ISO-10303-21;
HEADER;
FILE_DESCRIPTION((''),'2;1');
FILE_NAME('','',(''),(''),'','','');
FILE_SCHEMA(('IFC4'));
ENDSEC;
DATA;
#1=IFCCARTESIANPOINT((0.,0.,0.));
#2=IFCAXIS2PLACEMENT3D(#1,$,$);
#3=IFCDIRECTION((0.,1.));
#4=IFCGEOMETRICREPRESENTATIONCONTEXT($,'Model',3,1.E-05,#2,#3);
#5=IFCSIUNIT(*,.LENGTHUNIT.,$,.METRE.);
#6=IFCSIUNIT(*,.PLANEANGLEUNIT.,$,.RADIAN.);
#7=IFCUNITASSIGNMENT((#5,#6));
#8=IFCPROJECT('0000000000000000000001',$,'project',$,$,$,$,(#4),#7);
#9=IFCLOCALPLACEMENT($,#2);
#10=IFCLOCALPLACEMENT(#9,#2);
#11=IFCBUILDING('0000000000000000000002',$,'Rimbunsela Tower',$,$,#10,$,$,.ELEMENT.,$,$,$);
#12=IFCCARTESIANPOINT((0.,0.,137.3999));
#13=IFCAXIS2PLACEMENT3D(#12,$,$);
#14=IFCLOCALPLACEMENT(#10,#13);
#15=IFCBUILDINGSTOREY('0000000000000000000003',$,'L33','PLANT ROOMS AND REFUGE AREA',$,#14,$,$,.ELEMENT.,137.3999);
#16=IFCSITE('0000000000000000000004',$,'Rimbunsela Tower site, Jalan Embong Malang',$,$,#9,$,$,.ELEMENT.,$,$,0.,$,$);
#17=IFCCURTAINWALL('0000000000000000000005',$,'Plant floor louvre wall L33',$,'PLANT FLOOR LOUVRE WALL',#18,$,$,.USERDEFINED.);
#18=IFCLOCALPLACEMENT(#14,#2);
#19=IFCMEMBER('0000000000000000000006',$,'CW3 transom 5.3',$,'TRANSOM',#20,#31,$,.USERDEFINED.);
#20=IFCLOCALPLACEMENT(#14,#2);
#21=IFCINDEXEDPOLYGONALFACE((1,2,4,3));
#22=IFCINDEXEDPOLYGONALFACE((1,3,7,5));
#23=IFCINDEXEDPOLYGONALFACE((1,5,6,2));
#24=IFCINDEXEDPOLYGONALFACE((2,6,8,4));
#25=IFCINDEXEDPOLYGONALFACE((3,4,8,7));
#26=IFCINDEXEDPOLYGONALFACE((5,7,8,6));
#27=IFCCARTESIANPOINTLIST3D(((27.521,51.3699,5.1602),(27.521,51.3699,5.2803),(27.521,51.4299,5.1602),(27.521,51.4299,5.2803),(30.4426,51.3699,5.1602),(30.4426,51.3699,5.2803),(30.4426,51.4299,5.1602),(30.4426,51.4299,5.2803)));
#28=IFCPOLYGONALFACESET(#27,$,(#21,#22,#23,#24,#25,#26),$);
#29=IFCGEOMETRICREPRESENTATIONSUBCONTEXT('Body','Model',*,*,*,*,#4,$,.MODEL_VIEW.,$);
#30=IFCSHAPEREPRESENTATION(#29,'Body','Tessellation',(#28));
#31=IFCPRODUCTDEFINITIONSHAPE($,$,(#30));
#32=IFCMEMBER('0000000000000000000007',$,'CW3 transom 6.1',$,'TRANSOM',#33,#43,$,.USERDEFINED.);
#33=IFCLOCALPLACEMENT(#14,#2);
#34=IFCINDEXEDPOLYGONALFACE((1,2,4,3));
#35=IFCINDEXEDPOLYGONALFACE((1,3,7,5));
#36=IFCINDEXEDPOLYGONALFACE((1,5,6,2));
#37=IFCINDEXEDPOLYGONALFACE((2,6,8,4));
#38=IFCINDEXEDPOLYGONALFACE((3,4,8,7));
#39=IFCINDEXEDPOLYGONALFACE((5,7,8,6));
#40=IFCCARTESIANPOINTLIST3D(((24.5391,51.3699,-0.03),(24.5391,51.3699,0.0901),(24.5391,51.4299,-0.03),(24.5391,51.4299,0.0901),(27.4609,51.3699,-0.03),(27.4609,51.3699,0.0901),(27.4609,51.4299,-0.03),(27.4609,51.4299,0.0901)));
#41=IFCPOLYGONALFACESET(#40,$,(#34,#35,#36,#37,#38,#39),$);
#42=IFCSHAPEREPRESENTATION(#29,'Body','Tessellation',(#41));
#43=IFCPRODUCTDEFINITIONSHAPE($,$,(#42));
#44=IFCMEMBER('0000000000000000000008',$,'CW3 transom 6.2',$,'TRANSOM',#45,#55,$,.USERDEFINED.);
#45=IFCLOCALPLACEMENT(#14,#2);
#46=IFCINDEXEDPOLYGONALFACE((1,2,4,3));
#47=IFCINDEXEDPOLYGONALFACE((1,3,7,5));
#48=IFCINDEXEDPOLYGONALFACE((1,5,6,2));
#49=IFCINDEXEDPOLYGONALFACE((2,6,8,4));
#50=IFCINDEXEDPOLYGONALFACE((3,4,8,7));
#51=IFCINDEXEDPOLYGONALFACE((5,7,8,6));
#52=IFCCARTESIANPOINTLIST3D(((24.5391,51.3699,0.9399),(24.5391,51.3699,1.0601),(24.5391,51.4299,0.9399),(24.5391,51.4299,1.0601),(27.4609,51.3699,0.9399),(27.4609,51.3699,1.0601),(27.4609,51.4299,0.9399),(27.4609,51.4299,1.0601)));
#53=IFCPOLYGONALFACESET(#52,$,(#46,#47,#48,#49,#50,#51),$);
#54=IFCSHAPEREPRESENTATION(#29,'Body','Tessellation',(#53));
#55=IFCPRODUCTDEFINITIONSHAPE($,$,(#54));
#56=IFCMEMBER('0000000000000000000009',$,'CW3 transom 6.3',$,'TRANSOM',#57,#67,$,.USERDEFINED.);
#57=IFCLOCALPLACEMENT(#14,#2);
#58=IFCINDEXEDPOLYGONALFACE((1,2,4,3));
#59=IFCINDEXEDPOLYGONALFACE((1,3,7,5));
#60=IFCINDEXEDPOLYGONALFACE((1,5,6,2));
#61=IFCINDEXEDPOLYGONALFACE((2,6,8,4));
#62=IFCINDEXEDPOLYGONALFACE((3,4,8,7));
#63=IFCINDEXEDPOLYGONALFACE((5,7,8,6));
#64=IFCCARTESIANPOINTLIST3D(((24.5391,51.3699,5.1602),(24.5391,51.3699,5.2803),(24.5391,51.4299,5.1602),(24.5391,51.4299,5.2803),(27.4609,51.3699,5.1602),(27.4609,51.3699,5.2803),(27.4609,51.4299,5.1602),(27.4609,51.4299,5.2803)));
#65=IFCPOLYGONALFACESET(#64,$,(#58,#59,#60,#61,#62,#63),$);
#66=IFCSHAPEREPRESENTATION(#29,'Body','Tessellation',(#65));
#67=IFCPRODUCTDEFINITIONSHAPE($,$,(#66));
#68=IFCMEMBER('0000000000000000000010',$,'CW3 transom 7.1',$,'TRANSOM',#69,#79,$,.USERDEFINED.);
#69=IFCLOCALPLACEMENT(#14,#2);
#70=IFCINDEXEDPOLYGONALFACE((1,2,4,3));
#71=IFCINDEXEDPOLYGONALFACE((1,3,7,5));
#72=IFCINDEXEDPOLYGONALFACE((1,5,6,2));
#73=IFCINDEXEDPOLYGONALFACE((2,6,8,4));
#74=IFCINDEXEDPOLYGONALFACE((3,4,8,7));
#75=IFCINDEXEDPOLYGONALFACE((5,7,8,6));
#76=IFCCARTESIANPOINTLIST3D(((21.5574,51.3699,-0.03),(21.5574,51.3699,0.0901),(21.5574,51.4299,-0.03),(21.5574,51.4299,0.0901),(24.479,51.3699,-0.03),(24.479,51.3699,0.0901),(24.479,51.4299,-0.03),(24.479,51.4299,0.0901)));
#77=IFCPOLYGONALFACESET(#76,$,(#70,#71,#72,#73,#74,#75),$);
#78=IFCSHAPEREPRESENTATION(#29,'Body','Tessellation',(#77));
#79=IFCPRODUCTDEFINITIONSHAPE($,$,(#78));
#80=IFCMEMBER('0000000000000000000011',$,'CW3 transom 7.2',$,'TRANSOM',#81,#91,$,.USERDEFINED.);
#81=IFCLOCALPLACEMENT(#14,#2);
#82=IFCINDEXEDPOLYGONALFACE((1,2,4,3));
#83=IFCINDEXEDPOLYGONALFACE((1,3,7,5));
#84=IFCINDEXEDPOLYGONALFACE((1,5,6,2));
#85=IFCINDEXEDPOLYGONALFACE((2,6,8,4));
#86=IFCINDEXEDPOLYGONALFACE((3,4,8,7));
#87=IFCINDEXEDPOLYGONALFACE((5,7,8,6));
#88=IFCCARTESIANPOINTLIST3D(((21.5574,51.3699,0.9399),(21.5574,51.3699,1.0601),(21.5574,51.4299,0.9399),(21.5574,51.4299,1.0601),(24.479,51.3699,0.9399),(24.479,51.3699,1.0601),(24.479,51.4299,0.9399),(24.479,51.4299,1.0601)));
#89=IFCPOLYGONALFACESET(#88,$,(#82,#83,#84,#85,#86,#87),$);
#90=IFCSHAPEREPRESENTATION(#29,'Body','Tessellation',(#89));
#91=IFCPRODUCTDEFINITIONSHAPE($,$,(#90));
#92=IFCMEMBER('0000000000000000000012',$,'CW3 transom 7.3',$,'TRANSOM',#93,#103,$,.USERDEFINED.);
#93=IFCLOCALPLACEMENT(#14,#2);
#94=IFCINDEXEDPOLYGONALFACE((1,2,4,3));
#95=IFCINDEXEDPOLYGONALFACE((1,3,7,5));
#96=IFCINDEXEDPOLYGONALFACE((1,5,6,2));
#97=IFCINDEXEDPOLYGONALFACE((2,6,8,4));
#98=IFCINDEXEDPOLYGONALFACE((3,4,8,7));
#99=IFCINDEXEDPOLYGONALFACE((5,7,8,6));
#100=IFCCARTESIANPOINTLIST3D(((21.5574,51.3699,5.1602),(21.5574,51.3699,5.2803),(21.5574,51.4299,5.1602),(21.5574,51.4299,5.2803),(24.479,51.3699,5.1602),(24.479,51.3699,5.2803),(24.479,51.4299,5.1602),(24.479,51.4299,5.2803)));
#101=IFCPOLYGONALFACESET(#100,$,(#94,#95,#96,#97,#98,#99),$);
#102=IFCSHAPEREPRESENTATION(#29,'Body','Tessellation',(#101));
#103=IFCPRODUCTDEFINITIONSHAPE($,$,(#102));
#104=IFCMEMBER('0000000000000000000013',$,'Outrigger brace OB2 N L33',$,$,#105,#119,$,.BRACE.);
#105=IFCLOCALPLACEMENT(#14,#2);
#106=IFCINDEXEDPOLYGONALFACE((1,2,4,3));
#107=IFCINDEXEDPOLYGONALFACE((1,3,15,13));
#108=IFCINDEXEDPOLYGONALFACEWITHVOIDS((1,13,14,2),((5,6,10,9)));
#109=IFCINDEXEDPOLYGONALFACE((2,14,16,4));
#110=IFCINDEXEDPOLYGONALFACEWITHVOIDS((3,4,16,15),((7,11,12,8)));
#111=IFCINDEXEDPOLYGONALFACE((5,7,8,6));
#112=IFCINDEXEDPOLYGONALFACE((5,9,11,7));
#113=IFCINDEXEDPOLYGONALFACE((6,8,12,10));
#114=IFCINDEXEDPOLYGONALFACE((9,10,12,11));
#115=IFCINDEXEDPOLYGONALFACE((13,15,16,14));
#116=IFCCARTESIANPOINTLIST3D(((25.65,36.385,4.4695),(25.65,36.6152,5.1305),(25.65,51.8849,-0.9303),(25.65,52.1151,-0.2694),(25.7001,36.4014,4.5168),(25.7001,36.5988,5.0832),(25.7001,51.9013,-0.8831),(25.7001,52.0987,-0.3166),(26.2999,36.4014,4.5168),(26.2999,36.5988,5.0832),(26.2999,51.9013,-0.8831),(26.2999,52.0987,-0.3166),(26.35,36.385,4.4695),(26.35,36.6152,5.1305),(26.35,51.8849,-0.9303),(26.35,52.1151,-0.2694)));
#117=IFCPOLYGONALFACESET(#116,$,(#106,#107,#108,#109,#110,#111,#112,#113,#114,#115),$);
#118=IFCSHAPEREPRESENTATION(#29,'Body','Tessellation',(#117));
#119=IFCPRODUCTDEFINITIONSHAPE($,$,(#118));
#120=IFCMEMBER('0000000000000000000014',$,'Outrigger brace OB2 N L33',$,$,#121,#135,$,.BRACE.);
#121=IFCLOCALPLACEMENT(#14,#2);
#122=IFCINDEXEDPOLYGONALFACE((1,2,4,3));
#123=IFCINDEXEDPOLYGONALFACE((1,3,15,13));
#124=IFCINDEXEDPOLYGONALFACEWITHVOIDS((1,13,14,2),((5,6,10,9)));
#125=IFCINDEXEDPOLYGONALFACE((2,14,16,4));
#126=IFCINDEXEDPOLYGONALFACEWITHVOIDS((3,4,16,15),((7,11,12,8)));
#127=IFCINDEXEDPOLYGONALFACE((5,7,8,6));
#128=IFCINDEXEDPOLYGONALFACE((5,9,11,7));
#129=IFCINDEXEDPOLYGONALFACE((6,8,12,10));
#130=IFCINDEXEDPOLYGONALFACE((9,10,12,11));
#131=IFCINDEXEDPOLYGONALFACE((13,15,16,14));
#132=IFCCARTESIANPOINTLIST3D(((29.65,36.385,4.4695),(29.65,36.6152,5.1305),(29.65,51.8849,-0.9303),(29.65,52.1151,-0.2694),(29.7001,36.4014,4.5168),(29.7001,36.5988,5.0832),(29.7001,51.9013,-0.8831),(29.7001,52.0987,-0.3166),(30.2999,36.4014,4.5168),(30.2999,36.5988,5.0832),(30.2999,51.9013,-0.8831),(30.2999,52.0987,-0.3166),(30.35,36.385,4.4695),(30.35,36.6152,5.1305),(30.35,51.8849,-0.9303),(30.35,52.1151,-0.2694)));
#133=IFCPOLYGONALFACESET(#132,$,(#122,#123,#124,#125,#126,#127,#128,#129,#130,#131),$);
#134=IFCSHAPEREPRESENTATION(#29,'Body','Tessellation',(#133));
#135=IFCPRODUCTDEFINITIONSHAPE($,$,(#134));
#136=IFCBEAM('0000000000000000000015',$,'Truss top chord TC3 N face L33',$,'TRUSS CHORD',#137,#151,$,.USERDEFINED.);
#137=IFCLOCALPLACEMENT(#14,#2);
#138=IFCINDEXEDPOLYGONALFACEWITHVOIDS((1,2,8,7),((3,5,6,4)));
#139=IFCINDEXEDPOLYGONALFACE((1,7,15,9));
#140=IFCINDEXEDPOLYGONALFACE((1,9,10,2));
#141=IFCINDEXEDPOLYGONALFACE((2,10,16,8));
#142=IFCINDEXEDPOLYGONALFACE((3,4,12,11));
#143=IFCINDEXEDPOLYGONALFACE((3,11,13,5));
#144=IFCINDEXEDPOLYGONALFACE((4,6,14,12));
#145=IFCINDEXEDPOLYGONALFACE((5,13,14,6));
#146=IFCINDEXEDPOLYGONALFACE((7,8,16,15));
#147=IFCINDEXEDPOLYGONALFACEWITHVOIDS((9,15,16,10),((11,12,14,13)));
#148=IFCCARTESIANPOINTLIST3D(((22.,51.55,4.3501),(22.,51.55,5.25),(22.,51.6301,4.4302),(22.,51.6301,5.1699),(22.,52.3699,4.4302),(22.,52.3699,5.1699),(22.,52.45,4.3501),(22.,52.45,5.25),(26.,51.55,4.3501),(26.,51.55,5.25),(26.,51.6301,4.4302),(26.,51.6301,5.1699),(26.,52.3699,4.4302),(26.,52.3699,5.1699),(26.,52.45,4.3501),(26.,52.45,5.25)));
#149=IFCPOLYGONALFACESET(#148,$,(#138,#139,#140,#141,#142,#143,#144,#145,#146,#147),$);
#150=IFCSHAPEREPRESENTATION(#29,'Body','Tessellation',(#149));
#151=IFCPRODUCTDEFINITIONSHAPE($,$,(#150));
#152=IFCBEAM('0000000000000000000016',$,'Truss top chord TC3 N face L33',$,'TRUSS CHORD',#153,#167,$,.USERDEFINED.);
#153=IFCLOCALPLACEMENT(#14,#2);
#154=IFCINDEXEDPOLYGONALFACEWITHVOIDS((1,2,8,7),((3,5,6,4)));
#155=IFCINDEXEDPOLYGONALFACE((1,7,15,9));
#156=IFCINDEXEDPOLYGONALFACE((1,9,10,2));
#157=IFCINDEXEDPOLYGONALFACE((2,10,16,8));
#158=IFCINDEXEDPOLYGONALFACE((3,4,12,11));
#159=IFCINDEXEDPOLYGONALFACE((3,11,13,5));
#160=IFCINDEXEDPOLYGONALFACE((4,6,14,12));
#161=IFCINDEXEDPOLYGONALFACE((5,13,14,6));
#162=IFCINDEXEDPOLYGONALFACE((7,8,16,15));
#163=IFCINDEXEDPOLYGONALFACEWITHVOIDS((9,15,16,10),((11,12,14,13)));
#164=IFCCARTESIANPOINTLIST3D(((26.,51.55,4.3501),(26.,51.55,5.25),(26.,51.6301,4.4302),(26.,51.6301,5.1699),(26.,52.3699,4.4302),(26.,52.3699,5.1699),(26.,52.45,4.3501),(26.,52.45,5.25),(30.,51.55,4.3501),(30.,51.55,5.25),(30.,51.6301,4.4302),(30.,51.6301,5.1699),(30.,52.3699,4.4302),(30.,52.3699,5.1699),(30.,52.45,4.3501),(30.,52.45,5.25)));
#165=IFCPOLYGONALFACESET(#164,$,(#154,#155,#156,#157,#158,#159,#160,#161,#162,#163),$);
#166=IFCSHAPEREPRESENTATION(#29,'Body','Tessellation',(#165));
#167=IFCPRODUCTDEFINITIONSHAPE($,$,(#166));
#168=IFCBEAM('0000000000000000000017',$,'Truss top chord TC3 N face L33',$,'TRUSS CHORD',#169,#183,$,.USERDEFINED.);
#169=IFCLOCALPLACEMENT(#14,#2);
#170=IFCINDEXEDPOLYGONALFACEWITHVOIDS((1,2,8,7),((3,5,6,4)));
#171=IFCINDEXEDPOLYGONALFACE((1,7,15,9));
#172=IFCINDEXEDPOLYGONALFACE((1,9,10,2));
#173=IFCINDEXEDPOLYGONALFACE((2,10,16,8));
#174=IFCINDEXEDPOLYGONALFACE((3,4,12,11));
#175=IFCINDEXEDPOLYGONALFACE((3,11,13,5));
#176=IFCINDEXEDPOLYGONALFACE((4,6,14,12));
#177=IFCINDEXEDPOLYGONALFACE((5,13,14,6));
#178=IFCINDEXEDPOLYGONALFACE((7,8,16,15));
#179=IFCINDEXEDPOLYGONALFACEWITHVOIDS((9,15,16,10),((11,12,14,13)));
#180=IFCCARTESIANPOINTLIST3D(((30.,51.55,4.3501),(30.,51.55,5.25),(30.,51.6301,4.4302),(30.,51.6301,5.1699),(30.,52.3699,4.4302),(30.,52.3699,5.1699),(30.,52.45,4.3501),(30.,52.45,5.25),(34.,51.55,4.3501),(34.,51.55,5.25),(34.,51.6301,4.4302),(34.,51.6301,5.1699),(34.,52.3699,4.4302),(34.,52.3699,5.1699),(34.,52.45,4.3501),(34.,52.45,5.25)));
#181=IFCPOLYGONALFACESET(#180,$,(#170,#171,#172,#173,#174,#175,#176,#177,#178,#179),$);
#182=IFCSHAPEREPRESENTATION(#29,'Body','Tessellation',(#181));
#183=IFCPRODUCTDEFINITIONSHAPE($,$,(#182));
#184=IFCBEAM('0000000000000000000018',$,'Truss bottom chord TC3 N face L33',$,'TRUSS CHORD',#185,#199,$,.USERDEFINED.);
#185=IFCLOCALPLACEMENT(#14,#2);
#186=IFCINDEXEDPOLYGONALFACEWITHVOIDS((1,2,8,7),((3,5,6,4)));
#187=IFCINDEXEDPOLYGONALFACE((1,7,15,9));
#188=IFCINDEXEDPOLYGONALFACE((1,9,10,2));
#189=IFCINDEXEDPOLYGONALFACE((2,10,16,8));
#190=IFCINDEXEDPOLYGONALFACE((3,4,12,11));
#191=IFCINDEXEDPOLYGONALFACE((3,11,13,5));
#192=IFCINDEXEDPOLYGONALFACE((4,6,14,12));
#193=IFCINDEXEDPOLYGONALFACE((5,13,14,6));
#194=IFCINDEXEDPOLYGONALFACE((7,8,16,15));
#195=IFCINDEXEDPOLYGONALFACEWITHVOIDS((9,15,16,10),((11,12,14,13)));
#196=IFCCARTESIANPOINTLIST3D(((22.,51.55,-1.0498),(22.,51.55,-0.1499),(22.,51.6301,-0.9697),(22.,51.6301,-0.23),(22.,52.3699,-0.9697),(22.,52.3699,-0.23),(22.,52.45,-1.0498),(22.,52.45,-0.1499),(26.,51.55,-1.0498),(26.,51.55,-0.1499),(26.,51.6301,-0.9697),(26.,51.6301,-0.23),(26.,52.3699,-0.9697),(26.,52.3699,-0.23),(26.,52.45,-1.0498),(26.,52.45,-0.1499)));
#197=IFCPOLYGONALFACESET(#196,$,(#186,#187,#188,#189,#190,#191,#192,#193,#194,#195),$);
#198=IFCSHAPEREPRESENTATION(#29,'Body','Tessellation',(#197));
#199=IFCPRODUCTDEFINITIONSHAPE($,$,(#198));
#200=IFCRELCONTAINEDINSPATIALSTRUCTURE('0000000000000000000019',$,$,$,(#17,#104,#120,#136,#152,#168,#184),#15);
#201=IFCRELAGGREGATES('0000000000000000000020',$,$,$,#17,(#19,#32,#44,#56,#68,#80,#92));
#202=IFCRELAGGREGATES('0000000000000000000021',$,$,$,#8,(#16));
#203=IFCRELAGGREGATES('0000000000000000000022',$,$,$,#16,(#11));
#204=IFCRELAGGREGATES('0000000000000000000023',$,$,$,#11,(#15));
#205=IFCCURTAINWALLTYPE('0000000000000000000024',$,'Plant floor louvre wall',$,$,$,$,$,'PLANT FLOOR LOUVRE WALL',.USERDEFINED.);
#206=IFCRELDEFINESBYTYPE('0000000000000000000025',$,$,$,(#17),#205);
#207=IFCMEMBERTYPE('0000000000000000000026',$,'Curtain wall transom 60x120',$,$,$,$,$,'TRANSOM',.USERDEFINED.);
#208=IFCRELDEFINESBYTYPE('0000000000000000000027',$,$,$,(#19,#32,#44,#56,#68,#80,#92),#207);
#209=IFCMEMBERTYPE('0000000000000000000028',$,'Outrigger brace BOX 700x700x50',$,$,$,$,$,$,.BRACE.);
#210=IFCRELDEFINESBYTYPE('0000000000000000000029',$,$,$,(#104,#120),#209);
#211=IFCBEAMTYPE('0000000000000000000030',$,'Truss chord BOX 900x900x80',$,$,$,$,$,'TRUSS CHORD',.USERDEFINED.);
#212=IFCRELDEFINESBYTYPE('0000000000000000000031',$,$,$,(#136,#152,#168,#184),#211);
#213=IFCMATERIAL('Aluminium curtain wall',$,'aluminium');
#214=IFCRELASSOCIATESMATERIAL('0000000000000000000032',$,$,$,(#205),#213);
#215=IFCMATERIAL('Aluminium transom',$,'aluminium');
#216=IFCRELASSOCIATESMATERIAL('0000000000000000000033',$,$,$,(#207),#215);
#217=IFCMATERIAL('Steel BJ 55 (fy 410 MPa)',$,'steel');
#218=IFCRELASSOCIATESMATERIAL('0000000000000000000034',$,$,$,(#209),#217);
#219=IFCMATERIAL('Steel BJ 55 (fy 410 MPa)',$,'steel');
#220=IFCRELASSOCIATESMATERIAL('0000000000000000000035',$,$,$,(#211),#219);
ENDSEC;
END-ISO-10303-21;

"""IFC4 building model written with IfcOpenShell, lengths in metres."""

from ifc_helpers import new_model, si_unit, direction, frame, origin, origin_2d, place, context, subcontext, project, spatial, rectangle, hollow_rectangle, extrude, material, material_profile, profile_set, type_object, element, aggregate, save


model = new_model("IFC4")

# Units and contexts
model_context = context("Model", 3, precision=1e-05, world=origin(), true_north=direction((0.0, 1.0)))
body_context = subcontext(model_context, "Body", "Model", "MODEL_VIEW")
ifc_project = project(units=[si_unit("LENGTHUNIT", "METRE"), si_unit("PLANEANGLEUNIT", "RADIAN")], contexts=[model_context])

# Site, building, storey
site_placement = place(None, origin())
site = spatial("IfcSite", under=ifc_project, at=site_placement, Name="Rimbunsela Tower site, Jalan Embong Malang", CompositionType="ELEMENT", RefElevation=0.0)
building_placement = place(site_placement, origin())
building = spatial("IfcBuilding", under=site, at=building_placement, Name="Rimbunsela Tower", CompositionType="ELEMENT")
storey_placement = place(building_placement, frame((0.0, 0.0, 137.3999)))
storey = spatial("IfcBuildingStorey", under=building, at=storey_placement, Name="L33", Description="PLANT ROOMS AND REFUGE AREA", CompositionType="ELEMENT", Elevation=137.3999)

# Curtain wall, members
ifc_material_1 = material(Name="Aluminium curtain wall", Category="aluminium")
curtain_wall_type = type_object("IfcCurtainWallType", Name="Plant floor louvre wall", ElementType="PLANT FLOOR LOUVRE WALL", PredefinedType="USERDEFINED", material=ifc_material_1)
curtain_wall_placement = place(storey_placement, origin())
curtain_wall = element("IfcCurtainWall", 1, at=curtain_wall_placement, inside=storey, type_object=curtain_wall_type, Name="Plant floor louvre wall L33", ObjectType="PLANT FLOOR LOUVRE WALL", PredefinedType="USERDEFINED")
ifc_material_2 = material(Name="Aluminium transom", Category="aluminium")
ifc_material_profile_1 = material_profile(ifc_material_2, rectangle(XDim=0.0601, YDim=0.1201, at=origin_2d()), Name="Transom 60x120")
ifc_profile_set_1 = profile_set([ifc_material_profile_1], Name="Aluminium transom")
member_type_1 = type_object("IfcMemberType", Name="Curtain wall transom 60x120", ElementType="TRANSOM", PredefinedType="USERDEFINED", material=ifc_profile_set_1)
member_1_placement = place(storey_placement, frame((30.4426, 51.3999, 5.2202), z_axis=(-1.0, 0.0, 0.0), x_axis=(0.0, -1.0, 0.0)))
member_1 = element("IfcMember", 2, at=member_1_placement, type_object=member_type_1, Name="CW3 transom 5.3", ObjectType="TRANSOM", PredefinedType="USERDEFINED", context=body_context, shape_type="SweptSolid", body=[
    extrude(rectangle(XDim=0.0601, YDim=0.1201, at=origin_2d()), origin(), (0.0, 0.0, 1.0), 2.9216),
])
member_2_placement = place(storey_placement, frame((27.4609, 51.3999, 0.03), z_axis=(-1.0, 0.0, 0.0), x_axis=(0.0, -1.0, 0.0)))
member_2 = element("IfcMember", 3, at=member_2_placement, type_object=member_type_1, Name="CW3 transom 6.1", ObjectType="TRANSOM", PredefinedType="USERDEFINED", context=body_context, shape_type="SweptSolid", body=[
    extrude(rectangle(XDim=0.0601, YDim=0.1201, at=origin_2d()), origin(), (0.0, 0.0, 1.0), 2.9219),
])
member_3_placement = place(storey_placement, frame((27.4609, 51.3999, 1.0), z_axis=(-1.0, 0.0, 0.0), x_axis=(0.0, -1.0, 0.0)))
member_3 = element("IfcMember", 4, at=member_3_placement, type_object=member_type_1, Name="CW3 transom 6.2", ObjectType="TRANSOM", PredefinedType="USERDEFINED", context=body_context, shape_type="SweptSolid", body=[
    extrude(rectangle(XDim=0.0601, YDim=0.1201, at=origin_2d()), origin(), (0.0, 0.0, 1.0), 2.9219),
])
member_4_placement = place(storey_placement, frame((27.4609, 51.3999, 5.2202), z_axis=(-1.0, 0.0, 0.0), x_axis=(0.0, -1.0, 0.0)))
member_4 = element("IfcMember", 5, at=member_4_placement, type_object=member_type_1, Name="CW3 transom 6.3", ObjectType="TRANSOM", PredefinedType="USERDEFINED", context=body_context, shape_type="SweptSolid", body=[
    extrude(rectangle(XDim=0.0601, YDim=0.1201, at=origin_2d()), origin(), (0.0, 0.0, 1.0), 2.9219),
])
member_5_placement = place(storey_placement, frame((24.479, 51.3999, 0.03), z_axis=(-1.0, 0.0, 0.0), x_axis=(0.0, -1.0, 0.0)))
member_5 = element("IfcMember", 6, at=member_5_placement, type_object=member_type_1, Name="CW3 transom 7.1", ObjectType="TRANSOM", PredefinedType="USERDEFINED", context=body_context, shape_type="SweptSolid", body=[
    extrude(rectangle(XDim=0.0601, YDim=0.1201, at=origin_2d()), origin(), (0.0, 0.0, 1.0), 2.9216),
])
member_6_placement = place(storey_placement, frame((24.479, 51.3999, 1.0), z_axis=(-1.0, 0.0, 0.0), x_axis=(0.0, -1.0, 0.0)))
member_6 = element("IfcMember", 7, at=member_6_placement, type_object=member_type_1, Name="CW3 transom 7.2", ObjectType="TRANSOM", PredefinedType="USERDEFINED", context=body_context, shape_type="SweptSolid", body=[
    extrude(rectangle(XDim=0.0601, YDim=0.1201, at=origin_2d()), origin(), (0.0, 0.0, 1.0), 2.9216),
])
member_7_placement = place(storey_placement, frame((24.479, 51.3999, 5.2202), z_axis=(-1.0, 0.0, 0.0), x_axis=(0.0, -1.0, 0.0)))
member_7 = element("IfcMember", 8, at=member_7_placement, type_object=member_type_1, Name="CW3 transom 7.3", ObjectType="TRANSOM", PredefinedType="USERDEFINED", context=body_context, shape_type="SweptSolid", body=[
    extrude(rectangle(XDim=0.0601, YDim=0.1201, at=origin_2d()), origin(), (0.0, 0.0, 1.0), 2.9216),
])

# Members
ifc_material_3 = material(Name="Steel BJ 55 (fy 410 MPa)", Category="steel")
ifc_material_profile_2 = material_profile(ifc_material_3, hollow_rectangle(XDim=0.7, YDim=0.7, WallThickness=0.05, at=origin_2d()), Name="BOX 700x700x50")
ifc_profile_set_2 = profile_set([ifc_material_profile_2], Name="Steel BJ 55 (fy 410 MPa)")
member_type_2 = type_object("IfcMemberType", Name="Outrigger brace BOX 700x700x50", PredefinedType="BRACE", material=ifc_profile_set_2)
for number, where, z_axis, x_axis, name in (
    (9, (26.0, 52.0, -0.5999), (0.0, -0.944334, 0.328988), (1.0, 0.0, 0.0), "Outrigger brace OB2 N L33"),
    (10, (30.0, 52.0, -0.5999), (0.0, -0.944334, 0.328988), (1.0, 0.0, 0.0), "Outrigger brace OB2 N L33"),
):
    element("IfcMember", number, at=place(storey_placement, frame(where, z_axis=z_axis, x_axis=x_axis)), inside=storey, type_object=member_type_2, Name=name, PredefinedType="BRACE", context=body_context, shape_type="SweptSolid", body=[
        extrude(hollow_rectangle(XDim=0.7, YDim=0.7, WallThickness=0.05, at=origin_2d()), origin(), (0.0, 0.0, 1.0), 16.4136),
    ])

# Beams
ifc_material_4 = material(Name="Steel BJ 55 (fy 410 MPa)", Category="steel")
ifc_material_profile_3 = material_profile(ifc_material_4, hollow_rectangle(XDim=0.8999, YDim=0.8999, WallThickness=0.0801, at=origin_2d()), Name="BOX 900x900x80")
ifc_profile_set_3 = profile_set([ifc_material_profile_3], Name="Steel BJ 55 (fy 410 MPa)")
beam_type = type_object("IfcBeamType", Name="Truss chord BOX 900x900x80", ElementType="TRUSS CHORD", PredefinedType="USERDEFINED", material=ifc_profile_set_3)
for number, where, z_axis, x_axis, name in (
    (11, (22.0, 52.0, 4.8), (1.0, 0.0, 0.0), (0.0, 1.0, 0.0), "Truss top chord TC3 N face L33"),
    (12, (26.0, 52.0, 4.8), (1.0, 0.0, 0.0), (0.0, 1.0, 0.0), "Truss top chord TC3 N face L33"),
    (13, (30.0, 52.0, 4.8), (1.0, 0.0, 0.0), (0.0, 1.0, 0.0), "Truss top chord TC3 N face L33"),
    (14, (22.0, 52.0, -0.5999), (1.0, 0.0, 0.0), (0.0, 1.0, 0.0), "Truss bottom chord TC3 N face L33"),
):
    element("IfcBeam", number, at=place(storey_placement, frame(where, z_axis=z_axis, x_axis=x_axis)), inside=storey, type_object=beam_type, Name=name, ObjectType="TRUSS CHORD", PredefinedType="USERDEFINED", context=body_context, shape_type="SweptSolid", body=[
        extrude(hollow_rectangle(XDim=0.8999, YDim=0.8999, WallThickness=0.0801, at=origin_2d()), origin(), (0.0, 0.0, 1.0), 4.0),
    ])

aggregate(curtain_wall, [member_1, member_2, member_3, member_4, member_5, member_6, member_7])

save(model, "model.ifc")
